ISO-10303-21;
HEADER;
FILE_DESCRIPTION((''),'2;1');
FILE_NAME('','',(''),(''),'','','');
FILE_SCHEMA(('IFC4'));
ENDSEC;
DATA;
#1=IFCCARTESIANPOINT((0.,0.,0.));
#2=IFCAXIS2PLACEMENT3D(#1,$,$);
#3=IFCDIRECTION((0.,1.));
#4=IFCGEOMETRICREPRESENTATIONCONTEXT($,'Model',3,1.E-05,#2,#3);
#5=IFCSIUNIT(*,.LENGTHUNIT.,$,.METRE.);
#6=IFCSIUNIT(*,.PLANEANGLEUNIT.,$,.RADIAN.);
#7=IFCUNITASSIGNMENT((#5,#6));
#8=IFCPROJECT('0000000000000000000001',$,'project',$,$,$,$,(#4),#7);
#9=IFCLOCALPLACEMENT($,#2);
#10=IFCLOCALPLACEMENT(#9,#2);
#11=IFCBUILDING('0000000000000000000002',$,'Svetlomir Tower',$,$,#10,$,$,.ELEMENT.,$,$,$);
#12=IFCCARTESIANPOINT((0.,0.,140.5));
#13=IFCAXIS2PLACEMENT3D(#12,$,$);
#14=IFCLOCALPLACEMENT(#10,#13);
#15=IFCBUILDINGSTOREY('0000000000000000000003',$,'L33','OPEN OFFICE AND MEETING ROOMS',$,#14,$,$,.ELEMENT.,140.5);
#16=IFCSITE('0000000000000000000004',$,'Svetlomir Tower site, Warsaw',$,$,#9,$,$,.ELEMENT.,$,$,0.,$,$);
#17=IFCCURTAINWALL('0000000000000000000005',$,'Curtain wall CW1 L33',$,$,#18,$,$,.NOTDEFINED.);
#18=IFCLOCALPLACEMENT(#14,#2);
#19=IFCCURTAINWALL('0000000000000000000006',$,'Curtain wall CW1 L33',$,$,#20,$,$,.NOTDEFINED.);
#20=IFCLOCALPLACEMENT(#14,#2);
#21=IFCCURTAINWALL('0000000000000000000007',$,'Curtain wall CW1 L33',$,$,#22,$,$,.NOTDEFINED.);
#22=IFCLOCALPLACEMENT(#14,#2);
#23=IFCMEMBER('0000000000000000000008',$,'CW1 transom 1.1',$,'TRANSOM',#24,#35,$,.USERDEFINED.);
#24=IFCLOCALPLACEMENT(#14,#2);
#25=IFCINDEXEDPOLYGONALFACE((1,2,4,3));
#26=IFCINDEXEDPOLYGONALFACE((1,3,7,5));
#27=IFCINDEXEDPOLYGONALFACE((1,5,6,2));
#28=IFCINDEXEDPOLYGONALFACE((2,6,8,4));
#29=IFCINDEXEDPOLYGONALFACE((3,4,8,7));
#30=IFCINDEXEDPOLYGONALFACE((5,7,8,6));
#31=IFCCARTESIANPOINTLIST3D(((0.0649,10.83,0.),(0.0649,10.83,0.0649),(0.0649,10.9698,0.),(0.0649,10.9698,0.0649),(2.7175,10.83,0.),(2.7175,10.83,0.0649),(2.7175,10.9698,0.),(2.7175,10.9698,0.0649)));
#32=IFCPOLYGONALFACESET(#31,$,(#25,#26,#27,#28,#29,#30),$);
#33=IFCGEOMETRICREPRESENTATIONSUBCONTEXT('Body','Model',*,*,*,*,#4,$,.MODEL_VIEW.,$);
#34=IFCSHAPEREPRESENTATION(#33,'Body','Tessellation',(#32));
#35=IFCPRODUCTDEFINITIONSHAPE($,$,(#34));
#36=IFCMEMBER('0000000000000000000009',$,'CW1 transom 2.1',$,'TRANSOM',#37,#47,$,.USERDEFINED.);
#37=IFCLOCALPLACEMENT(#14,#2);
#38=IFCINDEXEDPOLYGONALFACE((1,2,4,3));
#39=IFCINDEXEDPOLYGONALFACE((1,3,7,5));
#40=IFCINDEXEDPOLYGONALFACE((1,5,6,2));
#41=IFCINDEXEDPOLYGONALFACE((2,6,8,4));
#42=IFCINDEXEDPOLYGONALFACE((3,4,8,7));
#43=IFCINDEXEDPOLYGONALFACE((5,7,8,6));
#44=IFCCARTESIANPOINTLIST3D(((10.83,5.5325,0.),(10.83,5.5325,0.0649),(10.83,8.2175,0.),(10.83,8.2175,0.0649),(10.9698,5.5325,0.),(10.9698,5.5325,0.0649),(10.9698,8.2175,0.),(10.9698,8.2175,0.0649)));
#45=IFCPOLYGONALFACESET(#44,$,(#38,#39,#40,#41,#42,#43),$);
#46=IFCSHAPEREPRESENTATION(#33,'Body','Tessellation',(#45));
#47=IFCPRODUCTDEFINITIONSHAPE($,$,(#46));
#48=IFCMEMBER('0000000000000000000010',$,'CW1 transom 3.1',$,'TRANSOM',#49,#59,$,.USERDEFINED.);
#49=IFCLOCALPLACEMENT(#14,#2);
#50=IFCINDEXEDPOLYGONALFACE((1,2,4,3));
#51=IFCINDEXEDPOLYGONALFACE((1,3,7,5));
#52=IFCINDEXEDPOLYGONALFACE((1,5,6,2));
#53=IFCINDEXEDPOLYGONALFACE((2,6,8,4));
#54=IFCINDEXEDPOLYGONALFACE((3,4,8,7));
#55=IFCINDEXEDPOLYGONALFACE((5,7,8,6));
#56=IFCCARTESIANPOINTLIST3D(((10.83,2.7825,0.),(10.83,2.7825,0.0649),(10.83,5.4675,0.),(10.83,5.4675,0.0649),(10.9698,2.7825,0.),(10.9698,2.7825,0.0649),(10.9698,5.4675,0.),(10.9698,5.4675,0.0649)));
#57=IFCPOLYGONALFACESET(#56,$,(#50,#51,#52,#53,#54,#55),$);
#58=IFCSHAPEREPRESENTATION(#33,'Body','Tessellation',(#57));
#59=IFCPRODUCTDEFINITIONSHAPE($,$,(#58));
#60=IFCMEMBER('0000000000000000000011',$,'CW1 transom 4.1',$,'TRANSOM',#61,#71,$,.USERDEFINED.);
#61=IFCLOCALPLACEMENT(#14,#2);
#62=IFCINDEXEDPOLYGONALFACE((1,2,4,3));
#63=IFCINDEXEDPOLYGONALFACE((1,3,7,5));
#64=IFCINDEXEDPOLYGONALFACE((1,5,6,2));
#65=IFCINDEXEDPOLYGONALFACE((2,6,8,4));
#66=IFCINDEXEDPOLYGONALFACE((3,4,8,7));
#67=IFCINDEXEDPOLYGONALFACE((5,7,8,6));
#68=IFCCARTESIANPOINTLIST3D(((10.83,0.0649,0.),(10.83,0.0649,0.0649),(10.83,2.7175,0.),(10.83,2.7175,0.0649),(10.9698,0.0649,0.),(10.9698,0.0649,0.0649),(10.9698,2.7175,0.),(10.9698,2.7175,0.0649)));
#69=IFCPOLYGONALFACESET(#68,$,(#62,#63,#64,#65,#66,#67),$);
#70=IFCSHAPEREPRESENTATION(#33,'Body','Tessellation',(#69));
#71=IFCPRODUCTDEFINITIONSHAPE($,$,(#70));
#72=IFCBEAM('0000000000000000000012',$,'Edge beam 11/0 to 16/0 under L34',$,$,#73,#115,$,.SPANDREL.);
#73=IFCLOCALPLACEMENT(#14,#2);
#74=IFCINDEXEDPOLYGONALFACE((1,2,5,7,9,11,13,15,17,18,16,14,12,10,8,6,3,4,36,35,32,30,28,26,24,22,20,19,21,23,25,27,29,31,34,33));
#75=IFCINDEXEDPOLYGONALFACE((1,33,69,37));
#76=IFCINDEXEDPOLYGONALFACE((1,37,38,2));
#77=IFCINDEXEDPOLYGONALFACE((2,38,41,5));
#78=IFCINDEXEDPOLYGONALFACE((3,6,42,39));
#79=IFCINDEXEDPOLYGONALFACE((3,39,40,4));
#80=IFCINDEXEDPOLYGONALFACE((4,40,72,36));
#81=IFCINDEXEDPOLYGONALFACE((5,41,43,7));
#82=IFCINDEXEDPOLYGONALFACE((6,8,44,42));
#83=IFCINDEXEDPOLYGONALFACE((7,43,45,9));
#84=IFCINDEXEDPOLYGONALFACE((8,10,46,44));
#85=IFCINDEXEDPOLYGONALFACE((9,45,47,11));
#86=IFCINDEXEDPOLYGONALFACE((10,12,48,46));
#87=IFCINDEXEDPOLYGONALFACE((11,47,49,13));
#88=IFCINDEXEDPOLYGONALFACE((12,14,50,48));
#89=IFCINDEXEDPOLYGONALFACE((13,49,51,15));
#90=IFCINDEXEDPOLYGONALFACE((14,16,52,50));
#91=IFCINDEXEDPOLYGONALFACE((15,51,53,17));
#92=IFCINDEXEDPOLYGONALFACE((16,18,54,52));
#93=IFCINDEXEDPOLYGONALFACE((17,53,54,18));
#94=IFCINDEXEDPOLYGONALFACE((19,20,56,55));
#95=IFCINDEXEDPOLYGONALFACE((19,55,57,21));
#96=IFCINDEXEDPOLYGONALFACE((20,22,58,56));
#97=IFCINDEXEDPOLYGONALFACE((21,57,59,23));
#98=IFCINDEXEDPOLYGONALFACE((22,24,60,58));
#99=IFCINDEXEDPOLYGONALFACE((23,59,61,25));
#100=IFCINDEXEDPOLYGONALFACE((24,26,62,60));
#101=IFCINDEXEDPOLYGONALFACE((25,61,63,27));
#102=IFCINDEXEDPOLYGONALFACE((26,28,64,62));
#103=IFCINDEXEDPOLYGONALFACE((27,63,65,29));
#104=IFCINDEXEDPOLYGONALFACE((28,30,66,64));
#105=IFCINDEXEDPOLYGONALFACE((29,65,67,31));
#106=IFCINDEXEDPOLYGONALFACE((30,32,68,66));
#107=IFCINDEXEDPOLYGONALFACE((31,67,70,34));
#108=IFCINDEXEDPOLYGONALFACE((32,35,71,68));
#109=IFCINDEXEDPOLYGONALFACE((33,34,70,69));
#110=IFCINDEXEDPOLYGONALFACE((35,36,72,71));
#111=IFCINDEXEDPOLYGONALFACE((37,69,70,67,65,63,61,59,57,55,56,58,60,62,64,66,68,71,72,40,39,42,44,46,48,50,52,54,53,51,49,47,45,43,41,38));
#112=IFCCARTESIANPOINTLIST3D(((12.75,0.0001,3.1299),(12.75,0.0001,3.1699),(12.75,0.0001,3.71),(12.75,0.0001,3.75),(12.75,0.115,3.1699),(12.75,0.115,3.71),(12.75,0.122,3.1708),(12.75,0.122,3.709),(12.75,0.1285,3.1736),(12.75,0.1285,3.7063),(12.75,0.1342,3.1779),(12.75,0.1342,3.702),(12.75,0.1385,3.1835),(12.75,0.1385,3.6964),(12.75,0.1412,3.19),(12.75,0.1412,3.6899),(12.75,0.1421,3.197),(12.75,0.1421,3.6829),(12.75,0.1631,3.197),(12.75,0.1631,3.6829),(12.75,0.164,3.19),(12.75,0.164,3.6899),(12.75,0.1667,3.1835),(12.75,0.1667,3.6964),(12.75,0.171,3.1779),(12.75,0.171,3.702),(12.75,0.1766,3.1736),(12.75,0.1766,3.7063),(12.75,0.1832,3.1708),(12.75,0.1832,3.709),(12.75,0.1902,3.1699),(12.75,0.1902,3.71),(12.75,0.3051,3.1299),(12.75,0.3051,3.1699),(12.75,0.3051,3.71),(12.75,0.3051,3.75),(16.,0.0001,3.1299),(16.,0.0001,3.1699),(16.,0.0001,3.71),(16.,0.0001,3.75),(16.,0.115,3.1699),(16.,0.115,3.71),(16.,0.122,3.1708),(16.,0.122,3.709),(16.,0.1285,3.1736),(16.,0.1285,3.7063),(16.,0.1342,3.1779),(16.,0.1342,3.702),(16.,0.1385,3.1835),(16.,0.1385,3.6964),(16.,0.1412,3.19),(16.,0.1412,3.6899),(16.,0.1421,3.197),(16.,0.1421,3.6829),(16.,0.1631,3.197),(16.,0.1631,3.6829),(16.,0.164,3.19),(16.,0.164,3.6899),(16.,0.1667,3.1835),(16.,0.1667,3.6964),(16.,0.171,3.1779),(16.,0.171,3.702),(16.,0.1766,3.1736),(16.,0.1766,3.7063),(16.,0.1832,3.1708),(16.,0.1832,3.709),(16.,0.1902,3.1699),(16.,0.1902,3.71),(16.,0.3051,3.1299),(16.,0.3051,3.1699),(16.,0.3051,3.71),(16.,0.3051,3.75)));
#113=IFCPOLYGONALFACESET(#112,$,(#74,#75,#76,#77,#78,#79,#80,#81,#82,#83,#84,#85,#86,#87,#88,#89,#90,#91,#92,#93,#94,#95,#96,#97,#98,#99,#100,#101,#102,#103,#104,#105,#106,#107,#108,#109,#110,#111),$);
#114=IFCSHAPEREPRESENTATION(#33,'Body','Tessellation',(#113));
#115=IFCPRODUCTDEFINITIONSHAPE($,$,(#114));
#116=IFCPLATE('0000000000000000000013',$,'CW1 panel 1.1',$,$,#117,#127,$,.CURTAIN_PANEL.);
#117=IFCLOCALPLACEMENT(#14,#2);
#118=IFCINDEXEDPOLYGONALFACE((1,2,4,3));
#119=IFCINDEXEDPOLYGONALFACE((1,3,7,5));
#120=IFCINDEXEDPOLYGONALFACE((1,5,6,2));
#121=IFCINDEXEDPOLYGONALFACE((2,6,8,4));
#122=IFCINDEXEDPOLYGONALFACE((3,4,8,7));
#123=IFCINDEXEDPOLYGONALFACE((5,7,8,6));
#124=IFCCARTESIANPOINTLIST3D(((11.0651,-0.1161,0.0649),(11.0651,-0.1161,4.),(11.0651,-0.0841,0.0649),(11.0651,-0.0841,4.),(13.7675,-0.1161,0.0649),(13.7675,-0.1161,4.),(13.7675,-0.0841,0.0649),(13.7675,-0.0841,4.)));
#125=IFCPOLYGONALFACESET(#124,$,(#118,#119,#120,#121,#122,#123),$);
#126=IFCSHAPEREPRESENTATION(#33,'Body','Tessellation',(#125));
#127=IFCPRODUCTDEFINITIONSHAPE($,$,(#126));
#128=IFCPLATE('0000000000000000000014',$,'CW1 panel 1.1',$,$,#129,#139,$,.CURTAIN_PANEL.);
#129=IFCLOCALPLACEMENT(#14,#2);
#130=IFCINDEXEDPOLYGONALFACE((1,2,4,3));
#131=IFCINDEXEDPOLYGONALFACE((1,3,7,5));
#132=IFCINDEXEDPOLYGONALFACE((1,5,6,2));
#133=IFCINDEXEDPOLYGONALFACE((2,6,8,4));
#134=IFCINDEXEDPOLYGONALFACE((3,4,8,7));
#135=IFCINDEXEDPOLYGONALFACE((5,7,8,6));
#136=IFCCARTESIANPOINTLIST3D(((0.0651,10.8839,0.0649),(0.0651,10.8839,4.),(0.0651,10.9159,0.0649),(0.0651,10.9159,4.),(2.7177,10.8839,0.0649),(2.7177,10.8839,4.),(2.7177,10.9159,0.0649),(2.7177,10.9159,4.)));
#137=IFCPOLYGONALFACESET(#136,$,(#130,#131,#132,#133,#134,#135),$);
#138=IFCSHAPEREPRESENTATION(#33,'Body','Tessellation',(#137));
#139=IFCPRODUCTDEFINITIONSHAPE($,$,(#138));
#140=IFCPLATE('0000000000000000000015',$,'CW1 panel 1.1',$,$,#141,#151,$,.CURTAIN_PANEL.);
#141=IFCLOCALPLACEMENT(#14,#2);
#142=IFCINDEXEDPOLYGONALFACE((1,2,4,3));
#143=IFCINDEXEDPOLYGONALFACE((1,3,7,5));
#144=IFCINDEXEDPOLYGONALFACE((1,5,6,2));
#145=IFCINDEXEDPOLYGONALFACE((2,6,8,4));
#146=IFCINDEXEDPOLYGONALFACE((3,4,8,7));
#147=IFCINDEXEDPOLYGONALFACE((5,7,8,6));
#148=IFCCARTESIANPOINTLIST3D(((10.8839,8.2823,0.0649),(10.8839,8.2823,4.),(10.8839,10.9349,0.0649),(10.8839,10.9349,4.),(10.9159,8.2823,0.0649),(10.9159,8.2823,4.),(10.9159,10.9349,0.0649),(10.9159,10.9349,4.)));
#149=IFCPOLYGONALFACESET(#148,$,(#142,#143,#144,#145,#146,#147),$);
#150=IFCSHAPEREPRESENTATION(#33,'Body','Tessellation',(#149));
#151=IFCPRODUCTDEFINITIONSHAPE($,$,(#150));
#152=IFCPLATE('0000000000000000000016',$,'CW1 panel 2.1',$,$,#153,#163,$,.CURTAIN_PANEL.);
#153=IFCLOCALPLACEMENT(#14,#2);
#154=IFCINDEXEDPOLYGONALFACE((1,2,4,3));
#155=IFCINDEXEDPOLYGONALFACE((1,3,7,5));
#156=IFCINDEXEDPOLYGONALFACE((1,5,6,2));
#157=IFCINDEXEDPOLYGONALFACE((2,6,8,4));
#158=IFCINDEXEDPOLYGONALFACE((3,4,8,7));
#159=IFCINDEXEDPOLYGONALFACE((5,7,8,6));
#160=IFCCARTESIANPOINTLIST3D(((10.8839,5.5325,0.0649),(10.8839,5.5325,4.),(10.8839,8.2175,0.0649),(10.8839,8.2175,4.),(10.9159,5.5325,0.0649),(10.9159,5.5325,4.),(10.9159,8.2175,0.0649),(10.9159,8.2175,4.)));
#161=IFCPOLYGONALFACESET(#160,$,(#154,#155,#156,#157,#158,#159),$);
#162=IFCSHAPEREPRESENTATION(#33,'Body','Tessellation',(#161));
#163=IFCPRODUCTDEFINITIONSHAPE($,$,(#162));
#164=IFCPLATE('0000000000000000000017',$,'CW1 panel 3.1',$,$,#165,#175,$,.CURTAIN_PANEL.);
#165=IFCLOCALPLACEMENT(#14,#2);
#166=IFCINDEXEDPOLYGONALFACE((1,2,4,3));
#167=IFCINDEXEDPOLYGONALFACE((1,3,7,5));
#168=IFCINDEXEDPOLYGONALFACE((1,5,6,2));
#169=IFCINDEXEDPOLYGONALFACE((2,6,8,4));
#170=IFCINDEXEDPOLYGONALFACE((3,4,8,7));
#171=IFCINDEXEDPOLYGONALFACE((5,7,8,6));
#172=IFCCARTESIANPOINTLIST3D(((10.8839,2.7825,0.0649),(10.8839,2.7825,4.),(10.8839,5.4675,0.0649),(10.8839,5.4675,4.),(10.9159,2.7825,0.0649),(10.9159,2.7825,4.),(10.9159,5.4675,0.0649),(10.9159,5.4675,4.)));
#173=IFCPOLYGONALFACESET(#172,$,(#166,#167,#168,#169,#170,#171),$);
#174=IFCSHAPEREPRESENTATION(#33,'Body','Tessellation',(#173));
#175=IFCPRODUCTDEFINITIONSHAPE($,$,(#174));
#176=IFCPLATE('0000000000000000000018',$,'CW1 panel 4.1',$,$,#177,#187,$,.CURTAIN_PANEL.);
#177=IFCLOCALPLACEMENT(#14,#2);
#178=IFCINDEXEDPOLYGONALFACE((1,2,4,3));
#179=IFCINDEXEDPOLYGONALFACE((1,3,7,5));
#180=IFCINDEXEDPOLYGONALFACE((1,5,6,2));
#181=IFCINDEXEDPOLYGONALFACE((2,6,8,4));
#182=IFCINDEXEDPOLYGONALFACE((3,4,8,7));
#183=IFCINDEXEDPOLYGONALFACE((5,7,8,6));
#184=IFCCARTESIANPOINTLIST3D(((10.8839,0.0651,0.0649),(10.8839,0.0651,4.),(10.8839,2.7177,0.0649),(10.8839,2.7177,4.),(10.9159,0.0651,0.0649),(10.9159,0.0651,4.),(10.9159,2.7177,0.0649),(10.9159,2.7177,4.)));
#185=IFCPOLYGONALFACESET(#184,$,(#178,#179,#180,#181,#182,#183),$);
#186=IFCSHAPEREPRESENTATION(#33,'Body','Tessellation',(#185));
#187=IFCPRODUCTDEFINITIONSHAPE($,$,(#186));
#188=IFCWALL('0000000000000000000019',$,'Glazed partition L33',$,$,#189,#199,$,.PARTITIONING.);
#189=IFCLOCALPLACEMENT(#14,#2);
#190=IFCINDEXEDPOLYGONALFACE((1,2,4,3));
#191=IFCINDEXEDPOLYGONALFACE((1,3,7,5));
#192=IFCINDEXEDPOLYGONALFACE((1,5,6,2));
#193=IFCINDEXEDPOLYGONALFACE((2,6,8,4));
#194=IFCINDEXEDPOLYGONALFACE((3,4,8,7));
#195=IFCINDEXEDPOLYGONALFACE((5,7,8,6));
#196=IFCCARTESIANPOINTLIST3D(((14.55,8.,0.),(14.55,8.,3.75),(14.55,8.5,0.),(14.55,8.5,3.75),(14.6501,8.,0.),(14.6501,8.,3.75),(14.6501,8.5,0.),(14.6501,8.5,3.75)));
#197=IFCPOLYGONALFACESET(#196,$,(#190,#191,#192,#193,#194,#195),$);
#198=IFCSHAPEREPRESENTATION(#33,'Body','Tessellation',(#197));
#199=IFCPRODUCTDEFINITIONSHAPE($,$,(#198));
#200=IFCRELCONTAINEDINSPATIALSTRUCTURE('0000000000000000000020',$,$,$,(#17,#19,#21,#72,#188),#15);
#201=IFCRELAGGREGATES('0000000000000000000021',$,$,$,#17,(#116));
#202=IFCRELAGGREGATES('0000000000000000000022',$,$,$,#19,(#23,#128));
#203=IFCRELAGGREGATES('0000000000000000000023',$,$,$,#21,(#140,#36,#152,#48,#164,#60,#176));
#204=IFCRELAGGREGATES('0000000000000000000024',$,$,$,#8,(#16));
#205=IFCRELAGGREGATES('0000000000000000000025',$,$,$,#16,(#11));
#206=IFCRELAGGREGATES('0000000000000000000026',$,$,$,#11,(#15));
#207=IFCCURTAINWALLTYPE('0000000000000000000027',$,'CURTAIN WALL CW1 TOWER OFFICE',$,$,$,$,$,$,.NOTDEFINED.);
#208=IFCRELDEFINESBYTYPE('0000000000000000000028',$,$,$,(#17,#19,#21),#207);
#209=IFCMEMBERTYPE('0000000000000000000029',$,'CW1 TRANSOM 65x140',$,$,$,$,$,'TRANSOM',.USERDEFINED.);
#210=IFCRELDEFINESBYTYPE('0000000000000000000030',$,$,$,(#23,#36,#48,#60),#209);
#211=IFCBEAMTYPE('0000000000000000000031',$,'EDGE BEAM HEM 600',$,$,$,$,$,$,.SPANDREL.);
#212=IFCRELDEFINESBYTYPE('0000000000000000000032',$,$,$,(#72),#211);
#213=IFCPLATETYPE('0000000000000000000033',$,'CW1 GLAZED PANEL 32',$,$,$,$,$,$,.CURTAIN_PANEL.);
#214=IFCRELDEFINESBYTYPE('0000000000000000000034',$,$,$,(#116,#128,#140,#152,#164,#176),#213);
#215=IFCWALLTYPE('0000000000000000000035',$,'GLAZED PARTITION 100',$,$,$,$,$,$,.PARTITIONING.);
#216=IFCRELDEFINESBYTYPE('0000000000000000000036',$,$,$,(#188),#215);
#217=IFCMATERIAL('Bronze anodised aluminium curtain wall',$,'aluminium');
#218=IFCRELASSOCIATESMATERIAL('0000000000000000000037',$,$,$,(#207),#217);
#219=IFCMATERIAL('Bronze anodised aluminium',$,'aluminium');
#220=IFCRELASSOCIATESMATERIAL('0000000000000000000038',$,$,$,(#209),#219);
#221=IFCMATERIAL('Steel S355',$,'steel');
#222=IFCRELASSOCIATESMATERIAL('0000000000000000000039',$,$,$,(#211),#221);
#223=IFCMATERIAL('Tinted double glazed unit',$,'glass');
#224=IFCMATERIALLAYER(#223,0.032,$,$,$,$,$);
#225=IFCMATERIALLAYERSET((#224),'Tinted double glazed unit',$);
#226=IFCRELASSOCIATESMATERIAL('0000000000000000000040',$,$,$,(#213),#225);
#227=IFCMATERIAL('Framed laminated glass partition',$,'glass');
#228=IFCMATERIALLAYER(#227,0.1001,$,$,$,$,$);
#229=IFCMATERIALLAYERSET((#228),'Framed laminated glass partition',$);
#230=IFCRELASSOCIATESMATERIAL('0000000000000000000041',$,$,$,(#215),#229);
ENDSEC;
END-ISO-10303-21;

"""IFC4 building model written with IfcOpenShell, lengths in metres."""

from ifc_helpers import new_model, si_unit, direction, frame, frame_2d, origin, origin_2d, place, context, subcontext, project, spatial, rectangle, i_section, extrude, material, layer, layer_set, material_profile, profile_set, type_object, element, aggregate, save


model = new_model("IFC4")

# Units and contexts
model_context = context("Model", 3, precision=1e-05, world=origin(), true_north=direction((0.0, 1.0)))
body_context = subcontext(model_context, "Body", "Model", "MODEL_VIEW")
ifc_project = project(units=[si_unit("LENGTHUNIT", "METRE"), si_unit("PLANEANGLEUNIT", "RADIAN")], contexts=[model_context])

# Site, building, storey
site_placement = place(None, origin())
site = spatial("IfcSite", under=ifc_project, at=site_placement, Name="Svetlomir Tower site, Warsaw", CompositionType="ELEMENT", RefElevation=0.0)
building_placement = place(site_placement, origin())
building = spatial("IfcBuilding", under=site, at=building_placement, Name="Svetlomir Tower", CompositionType="ELEMENT")
storey_placement = place(building_placement, frame((0.0, 0.0, 140.5)))
storey = spatial("IfcBuildingStorey", under=building, at=storey_placement, Name="L33", Description="OPEN OFFICE AND MEETING ROOMS", CompositionType="ELEMENT", Elevation=140.5)

# Curtain wall
ifc_material_1 = material(Name="Bronze anodised aluminium curtain wall", Category="aluminium")
curtain_wall_type = type_object("IfcCurtainWallType", Name="CURTAIN WALL CW1 TOWER OFFICE", PredefinedType="NOTDEFINED", material=ifc_material_1)
curtain_wall_1_placement = place(storey_placement, origin())
curtain_wall_1 = element("IfcCurtainWall", 1, at=curtain_wall_1_placement, inside=storey, type_object=curtain_wall_type, Name="Curtain wall CW1 L33", PredefinedType="NOTDEFINED")

# Curtain walls
curtain_wall_2_placement = place(storey_placement, origin())
curtain_wall_2 = element("IfcCurtainWall", 2, at=curtain_wall_2_placement, inside=storey, type_object=curtain_wall_type, Name="Curtain wall CW1 L33", PredefinedType="NOTDEFINED")
curtain_wall_3_placement = place(storey_placement, origin())
curtain_wall_3 = element("IfcCurtainWall", 3, at=curtain_wall_3_placement, inside=storey, type_object=curtain_wall_type, Name="Curtain wall CW1 L33", PredefinedType="NOTDEFINED")

# Members
ifc_material_2 = material(Name="Bronze anodised aluminium", Category="aluminium")
ifc_material_profile_1 = material_profile(ifc_material_2, rectangle(XDim=0.1399, YDim=0.0649, at=origin_2d()), Name="AL 140x65")
ifc_profile_set_1 = profile_set([ifc_material_profile_1], Name="Bronze anodised aluminium 6063-T6")
member_type_1 = type_object("IfcMemberType", Name="CW1 TRANSOM 65x140", ElementType="TRANSOM", PredefinedType="USERDEFINED", material=ifc_profile_set_1)
member_1_placement = place(storey_placement, frame((0.0649, 10.8999, 0.0325), z_axis=(1.0, 0.0, 0.0), x_axis=(0.0, 1.0, 0.0)))
member_1 = element("IfcMember", 4, at=member_1_placement, type_object=member_type_1, Name="CW1 transom 1.1", ObjectType="TRANSOM", PredefinedType="USERDEFINED", context=body_context, shape_type="SweptSolid", body=[
    extrude(rectangle(XDim=0.1399, YDim=0.0649, at=origin_2d()), origin(), (0.0, 0.0, 1.0), 2.6526),
])
member_2_placement = place(storey_placement, frame((10.8999, 8.2175, 0.0325), z_axis=(0.0, -1.0, 0.0), x_axis=(1.0, 0.0, 0.0)))
member_2 = element("IfcMember", 5, at=member_2_placement, type_object=member_type_1, Name="CW1 transom 2.1", ObjectType="TRANSOM", PredefinedType="USERDEFINED", context=body_context, shape_type="SweptSolid", body=[
    extrude(rectangle(XDim=0.1399, YDim=0.0649, at=origin_2d()), origin(), (0.0, 0.0, 1.0), 2.6851),
])
member_3_placement = place(storey_placement, frame((10.8999, 5.4675, 0.0325), z_axis=(0.0, -1.0, 0.0), x_axis=(1.0, 0.0, 0.0)))
member_3 = element("IfcMember", 6, at=member_3_placement, type_object=member_type_1, Name="CW1 transom 3.1", ObjectType="TRANSOM", PredefinedType="USERDEFINED", context=body_context, shape_type="SweptSolid", body=[
    extrude(rectangle(XDim=0.1399, YDim=0.0649, at=origin_2d()), origin(), (0.0, 0.0, 1.0), 2.6851),
])
member_4_placement = place(storey_placement, frame((10.8999, 2.7175, 0.0325), z_axis=(0.0, -1.0, 0.0), x_axis=(1.0, 0.0, 0.0)))
member_4 = element("IfcMember", 7, at=member_4_placement, type_object=member_type_1, Name="CW1 transom 4.1", ObjectType="TRANSOM", PredefinedType="USERDEFINED", context=body_context, shape_type="SweptSolid", body=[
    extrude(rectangle(XDim=0.1399, YDim=0.0649, at=origin_2d()), origin(), (0.0, 0.0, 1.0), 2.6526),
])

# Beam
ifc_material_3 = material(Name="Steel S355", Category="steel")
ifc_material_profile_2 = material_profile(ifc_material_3, i_section(OverallWidth=0.3049, OverallDepth=0.6201, WebThickness=0.021, FlangeThickness=0.04, FilletRadius=0.0271, at=origin_2d()), Name="HEM 600")
ifc_profile_set_2 = profile_set([ifc_material_profile_2], Name="Steel S355")
beam_type = type_object("IfcBeamType", Name="EDGE BEAM HEM 600", PredefinedType="SPANDREL", material=ifc_profile_set_2)
beam_placement = place(storey_placement, frame((12.75, 0.1526, 3.4399), z_axis=(1.0, 0.0, 0.0), x_axis=(0.0, 1.0, 0.0)))
element("IfcBeam", 8, at=beam_placement, inside=storey, type_object=beam_type, Name="Edge beam 11/0 to 16/0 under L34", PredefinedType="SPANDREL", context=body_context, shape_type="SweptSolid", body=[
    extrude(i_section(OverallWidth=0.3049, OverallDepth=0.6201, WebThickness=0.021, FlangeThickness=0.04, FilletRadius=0.0271, at=origin_2d()), origin(), (0.0, 0.0, 1.0), 3.25),
])

# Plates
ifc_material_4 = material(Name="Tinted double glazed unit", Category="glass")
ifc_layer_1 = layer(ifc_material_4, 0.032)
ifc_layer_set_1 = layer_set([ifc_layer_1], Name="Tinted double glazed unit")
plate_type = type_object("IfcPlateType", Name="CW1 GLAZED PANEL 32", PredefinedType="CURTAIN_PANEL", material=ifc_layer_set_1)
plate_1_placement = place(storey_placement, frame((12.4163, -0.1001, 0.0649), z_axis=(0.0, 0.0, 1.0), x_axis=(1.0, 0.0, 0.0)))
plate_1 = element("IfcPlate", 9, at=plate_1_placement, type_object=plate_type, Name="CW1 panel 1.1", PredefinedType="CURTAIN_PANEL", context=body_context, shape_type="SweptSolid", body=[
    extrude(rectangle(XDim=2.7024, YDim=0.032, at=origin_2d()), origin(), (0.0, 0.0, 1.0), 3.9351),
])
aggregate(curtain_wall_1, [plate_1])
plate_2_placement = place(storey_placement, frame((1.3914, 10.8999, 0.0649), z_axis=(0.0, 0.0, 1.0), x_axis=(1.0, 0.0, 0.0)))
plate_2 = element("IfcPlate", 10, at=plate_2_placement, type_object=plate_type, Name="CW1 panel 1.1", PredefinedType="CURTAIN_PANEL", context=body_context, shape_type="SweptSolid", body=[
    extrude(rectangle(XDim=2.6526, YDim=0.032, at=origin_2d()), origin(), (0.0, 0.0, 1.0), 3.9351),
])
aggregate(curtain_wall_2, [member_1, plate_2])
plate_3_placement = place(storey_placement, frame((10.8999, 9.6086, 0.0649), z_axis=(0.0, 0.0, 1.0), x_axis=(0.0, -1.0, 0.0)))
plate_3 = element("IfcPlate", 11, at=plate_3_placement, type_object=plate_type, Name="CW1 panel 1.1", PredefinedType="CURTAIN_PANEL", context=body_context, shape_type="SweptSolid", body=[
    extrude(rectangle(XDim=2.6526, YDim=0.032, at=origin_2d()), origin(), (0.0, 0.0, 1.0), 3.9351),
])
plate_4_placement = place(storey_placement, frame((10.8999, 6.875, 0.0649), z_axis=(0.0, 0.0, 1.0), x_axis=(0.0, -1.0, 0.0)))
plate_4 = element("IfcPlate", 12, at=plate_4_placement, type_object=plate_type, Name="CW1 panel 2.1", PredefinedType="CURTAIN_PANEL", context=body_context, shape_type="SweptSolid", body=[
    extrude(rectangle(XDim=2.6851, YDim=0.032, at=origin_2d()), origin(), (0.0, 0.0, 1.0), 3.9351),
])
plate_5_placement = place(storey_placement, frame((10.8999, 4.125, 0.0649), z_axis=(0.0, 0.0, 1.0), x_axis=(0.0, -1.0, 0.0)))
plate_5 = element("IfcPlate", 13, at=plate_5_placement, type_object=plate_type, Name="CW1 panel 3.1", PredefinedType="CURTAIN_PANEL", context=body_context, shape_type="SweptSolid", body=[
    extrude(rectangle(XDim=2.6851, YDim=0.032, at=origin_2d()), origin(), (0.0, 0.0, 1.0), 3.9351),
])
plate_6_placement = place(storey_placement, frame((10.8999, 1.3914, 0.0649), z_axis=(0.0, 0.0, 1.0), x_axis=(0.0, -1.0, 0.0)))
plate_6 = element("IfcPlate", 14, at=plate_6_placement, type_object=plate_type, Name="CW1 panel 4.1", PredefinedType="CURTAIN_PANEL", context=body_context, shape_type="SweptSolid", body=[
    extrude(rectangle(XDim=2.6526, YDim=0.032, at=origin_2d()), origin(), (0.0, 0.0, 1.0), 3.9351),
])
aggregate(curtain_wall_3, [plate_3, member_2, plate_4, member_3, plate_5, member_4, plate_6])

# Wall
ifc_material_5 = material(Name="Framed laminated glass partition", Category="glass")
ifc_layer_2 = layer(ifc_material_5, 0.1001)
ifc_layer_set_2 = layer_set([ifc_layer_2], Name="Framed laminated glass partition")
wall_type_1 = type_object("IfcWallType", Name="GLAZED PARTITION 100", PredefinedType="PARTITIONING", material=ifc_layer_set_2)
wall_1_placement = place(storey_placement, frame((14.6001, 8.0, 0.0), z_axis=(0.0, 0.0, 1.0), x_axis=(0.0, 1.0, 0.0)))
element("IfcWall", 15, at=wall_1_placement, inside=storey, type_object=wall_type_1, Name="Glazed partition L33", PredefinedType="PARTITIONING", context=body_context, shape_type="SweptSolid", body=[
    extrude(rectangle(XDim=0.5, YDim=0.1001, at=frame_2d((0.25, 0.0))), origin(), (0.0, 0.0, 1.0), 3.75),
])

save(model, "model.ifc")
